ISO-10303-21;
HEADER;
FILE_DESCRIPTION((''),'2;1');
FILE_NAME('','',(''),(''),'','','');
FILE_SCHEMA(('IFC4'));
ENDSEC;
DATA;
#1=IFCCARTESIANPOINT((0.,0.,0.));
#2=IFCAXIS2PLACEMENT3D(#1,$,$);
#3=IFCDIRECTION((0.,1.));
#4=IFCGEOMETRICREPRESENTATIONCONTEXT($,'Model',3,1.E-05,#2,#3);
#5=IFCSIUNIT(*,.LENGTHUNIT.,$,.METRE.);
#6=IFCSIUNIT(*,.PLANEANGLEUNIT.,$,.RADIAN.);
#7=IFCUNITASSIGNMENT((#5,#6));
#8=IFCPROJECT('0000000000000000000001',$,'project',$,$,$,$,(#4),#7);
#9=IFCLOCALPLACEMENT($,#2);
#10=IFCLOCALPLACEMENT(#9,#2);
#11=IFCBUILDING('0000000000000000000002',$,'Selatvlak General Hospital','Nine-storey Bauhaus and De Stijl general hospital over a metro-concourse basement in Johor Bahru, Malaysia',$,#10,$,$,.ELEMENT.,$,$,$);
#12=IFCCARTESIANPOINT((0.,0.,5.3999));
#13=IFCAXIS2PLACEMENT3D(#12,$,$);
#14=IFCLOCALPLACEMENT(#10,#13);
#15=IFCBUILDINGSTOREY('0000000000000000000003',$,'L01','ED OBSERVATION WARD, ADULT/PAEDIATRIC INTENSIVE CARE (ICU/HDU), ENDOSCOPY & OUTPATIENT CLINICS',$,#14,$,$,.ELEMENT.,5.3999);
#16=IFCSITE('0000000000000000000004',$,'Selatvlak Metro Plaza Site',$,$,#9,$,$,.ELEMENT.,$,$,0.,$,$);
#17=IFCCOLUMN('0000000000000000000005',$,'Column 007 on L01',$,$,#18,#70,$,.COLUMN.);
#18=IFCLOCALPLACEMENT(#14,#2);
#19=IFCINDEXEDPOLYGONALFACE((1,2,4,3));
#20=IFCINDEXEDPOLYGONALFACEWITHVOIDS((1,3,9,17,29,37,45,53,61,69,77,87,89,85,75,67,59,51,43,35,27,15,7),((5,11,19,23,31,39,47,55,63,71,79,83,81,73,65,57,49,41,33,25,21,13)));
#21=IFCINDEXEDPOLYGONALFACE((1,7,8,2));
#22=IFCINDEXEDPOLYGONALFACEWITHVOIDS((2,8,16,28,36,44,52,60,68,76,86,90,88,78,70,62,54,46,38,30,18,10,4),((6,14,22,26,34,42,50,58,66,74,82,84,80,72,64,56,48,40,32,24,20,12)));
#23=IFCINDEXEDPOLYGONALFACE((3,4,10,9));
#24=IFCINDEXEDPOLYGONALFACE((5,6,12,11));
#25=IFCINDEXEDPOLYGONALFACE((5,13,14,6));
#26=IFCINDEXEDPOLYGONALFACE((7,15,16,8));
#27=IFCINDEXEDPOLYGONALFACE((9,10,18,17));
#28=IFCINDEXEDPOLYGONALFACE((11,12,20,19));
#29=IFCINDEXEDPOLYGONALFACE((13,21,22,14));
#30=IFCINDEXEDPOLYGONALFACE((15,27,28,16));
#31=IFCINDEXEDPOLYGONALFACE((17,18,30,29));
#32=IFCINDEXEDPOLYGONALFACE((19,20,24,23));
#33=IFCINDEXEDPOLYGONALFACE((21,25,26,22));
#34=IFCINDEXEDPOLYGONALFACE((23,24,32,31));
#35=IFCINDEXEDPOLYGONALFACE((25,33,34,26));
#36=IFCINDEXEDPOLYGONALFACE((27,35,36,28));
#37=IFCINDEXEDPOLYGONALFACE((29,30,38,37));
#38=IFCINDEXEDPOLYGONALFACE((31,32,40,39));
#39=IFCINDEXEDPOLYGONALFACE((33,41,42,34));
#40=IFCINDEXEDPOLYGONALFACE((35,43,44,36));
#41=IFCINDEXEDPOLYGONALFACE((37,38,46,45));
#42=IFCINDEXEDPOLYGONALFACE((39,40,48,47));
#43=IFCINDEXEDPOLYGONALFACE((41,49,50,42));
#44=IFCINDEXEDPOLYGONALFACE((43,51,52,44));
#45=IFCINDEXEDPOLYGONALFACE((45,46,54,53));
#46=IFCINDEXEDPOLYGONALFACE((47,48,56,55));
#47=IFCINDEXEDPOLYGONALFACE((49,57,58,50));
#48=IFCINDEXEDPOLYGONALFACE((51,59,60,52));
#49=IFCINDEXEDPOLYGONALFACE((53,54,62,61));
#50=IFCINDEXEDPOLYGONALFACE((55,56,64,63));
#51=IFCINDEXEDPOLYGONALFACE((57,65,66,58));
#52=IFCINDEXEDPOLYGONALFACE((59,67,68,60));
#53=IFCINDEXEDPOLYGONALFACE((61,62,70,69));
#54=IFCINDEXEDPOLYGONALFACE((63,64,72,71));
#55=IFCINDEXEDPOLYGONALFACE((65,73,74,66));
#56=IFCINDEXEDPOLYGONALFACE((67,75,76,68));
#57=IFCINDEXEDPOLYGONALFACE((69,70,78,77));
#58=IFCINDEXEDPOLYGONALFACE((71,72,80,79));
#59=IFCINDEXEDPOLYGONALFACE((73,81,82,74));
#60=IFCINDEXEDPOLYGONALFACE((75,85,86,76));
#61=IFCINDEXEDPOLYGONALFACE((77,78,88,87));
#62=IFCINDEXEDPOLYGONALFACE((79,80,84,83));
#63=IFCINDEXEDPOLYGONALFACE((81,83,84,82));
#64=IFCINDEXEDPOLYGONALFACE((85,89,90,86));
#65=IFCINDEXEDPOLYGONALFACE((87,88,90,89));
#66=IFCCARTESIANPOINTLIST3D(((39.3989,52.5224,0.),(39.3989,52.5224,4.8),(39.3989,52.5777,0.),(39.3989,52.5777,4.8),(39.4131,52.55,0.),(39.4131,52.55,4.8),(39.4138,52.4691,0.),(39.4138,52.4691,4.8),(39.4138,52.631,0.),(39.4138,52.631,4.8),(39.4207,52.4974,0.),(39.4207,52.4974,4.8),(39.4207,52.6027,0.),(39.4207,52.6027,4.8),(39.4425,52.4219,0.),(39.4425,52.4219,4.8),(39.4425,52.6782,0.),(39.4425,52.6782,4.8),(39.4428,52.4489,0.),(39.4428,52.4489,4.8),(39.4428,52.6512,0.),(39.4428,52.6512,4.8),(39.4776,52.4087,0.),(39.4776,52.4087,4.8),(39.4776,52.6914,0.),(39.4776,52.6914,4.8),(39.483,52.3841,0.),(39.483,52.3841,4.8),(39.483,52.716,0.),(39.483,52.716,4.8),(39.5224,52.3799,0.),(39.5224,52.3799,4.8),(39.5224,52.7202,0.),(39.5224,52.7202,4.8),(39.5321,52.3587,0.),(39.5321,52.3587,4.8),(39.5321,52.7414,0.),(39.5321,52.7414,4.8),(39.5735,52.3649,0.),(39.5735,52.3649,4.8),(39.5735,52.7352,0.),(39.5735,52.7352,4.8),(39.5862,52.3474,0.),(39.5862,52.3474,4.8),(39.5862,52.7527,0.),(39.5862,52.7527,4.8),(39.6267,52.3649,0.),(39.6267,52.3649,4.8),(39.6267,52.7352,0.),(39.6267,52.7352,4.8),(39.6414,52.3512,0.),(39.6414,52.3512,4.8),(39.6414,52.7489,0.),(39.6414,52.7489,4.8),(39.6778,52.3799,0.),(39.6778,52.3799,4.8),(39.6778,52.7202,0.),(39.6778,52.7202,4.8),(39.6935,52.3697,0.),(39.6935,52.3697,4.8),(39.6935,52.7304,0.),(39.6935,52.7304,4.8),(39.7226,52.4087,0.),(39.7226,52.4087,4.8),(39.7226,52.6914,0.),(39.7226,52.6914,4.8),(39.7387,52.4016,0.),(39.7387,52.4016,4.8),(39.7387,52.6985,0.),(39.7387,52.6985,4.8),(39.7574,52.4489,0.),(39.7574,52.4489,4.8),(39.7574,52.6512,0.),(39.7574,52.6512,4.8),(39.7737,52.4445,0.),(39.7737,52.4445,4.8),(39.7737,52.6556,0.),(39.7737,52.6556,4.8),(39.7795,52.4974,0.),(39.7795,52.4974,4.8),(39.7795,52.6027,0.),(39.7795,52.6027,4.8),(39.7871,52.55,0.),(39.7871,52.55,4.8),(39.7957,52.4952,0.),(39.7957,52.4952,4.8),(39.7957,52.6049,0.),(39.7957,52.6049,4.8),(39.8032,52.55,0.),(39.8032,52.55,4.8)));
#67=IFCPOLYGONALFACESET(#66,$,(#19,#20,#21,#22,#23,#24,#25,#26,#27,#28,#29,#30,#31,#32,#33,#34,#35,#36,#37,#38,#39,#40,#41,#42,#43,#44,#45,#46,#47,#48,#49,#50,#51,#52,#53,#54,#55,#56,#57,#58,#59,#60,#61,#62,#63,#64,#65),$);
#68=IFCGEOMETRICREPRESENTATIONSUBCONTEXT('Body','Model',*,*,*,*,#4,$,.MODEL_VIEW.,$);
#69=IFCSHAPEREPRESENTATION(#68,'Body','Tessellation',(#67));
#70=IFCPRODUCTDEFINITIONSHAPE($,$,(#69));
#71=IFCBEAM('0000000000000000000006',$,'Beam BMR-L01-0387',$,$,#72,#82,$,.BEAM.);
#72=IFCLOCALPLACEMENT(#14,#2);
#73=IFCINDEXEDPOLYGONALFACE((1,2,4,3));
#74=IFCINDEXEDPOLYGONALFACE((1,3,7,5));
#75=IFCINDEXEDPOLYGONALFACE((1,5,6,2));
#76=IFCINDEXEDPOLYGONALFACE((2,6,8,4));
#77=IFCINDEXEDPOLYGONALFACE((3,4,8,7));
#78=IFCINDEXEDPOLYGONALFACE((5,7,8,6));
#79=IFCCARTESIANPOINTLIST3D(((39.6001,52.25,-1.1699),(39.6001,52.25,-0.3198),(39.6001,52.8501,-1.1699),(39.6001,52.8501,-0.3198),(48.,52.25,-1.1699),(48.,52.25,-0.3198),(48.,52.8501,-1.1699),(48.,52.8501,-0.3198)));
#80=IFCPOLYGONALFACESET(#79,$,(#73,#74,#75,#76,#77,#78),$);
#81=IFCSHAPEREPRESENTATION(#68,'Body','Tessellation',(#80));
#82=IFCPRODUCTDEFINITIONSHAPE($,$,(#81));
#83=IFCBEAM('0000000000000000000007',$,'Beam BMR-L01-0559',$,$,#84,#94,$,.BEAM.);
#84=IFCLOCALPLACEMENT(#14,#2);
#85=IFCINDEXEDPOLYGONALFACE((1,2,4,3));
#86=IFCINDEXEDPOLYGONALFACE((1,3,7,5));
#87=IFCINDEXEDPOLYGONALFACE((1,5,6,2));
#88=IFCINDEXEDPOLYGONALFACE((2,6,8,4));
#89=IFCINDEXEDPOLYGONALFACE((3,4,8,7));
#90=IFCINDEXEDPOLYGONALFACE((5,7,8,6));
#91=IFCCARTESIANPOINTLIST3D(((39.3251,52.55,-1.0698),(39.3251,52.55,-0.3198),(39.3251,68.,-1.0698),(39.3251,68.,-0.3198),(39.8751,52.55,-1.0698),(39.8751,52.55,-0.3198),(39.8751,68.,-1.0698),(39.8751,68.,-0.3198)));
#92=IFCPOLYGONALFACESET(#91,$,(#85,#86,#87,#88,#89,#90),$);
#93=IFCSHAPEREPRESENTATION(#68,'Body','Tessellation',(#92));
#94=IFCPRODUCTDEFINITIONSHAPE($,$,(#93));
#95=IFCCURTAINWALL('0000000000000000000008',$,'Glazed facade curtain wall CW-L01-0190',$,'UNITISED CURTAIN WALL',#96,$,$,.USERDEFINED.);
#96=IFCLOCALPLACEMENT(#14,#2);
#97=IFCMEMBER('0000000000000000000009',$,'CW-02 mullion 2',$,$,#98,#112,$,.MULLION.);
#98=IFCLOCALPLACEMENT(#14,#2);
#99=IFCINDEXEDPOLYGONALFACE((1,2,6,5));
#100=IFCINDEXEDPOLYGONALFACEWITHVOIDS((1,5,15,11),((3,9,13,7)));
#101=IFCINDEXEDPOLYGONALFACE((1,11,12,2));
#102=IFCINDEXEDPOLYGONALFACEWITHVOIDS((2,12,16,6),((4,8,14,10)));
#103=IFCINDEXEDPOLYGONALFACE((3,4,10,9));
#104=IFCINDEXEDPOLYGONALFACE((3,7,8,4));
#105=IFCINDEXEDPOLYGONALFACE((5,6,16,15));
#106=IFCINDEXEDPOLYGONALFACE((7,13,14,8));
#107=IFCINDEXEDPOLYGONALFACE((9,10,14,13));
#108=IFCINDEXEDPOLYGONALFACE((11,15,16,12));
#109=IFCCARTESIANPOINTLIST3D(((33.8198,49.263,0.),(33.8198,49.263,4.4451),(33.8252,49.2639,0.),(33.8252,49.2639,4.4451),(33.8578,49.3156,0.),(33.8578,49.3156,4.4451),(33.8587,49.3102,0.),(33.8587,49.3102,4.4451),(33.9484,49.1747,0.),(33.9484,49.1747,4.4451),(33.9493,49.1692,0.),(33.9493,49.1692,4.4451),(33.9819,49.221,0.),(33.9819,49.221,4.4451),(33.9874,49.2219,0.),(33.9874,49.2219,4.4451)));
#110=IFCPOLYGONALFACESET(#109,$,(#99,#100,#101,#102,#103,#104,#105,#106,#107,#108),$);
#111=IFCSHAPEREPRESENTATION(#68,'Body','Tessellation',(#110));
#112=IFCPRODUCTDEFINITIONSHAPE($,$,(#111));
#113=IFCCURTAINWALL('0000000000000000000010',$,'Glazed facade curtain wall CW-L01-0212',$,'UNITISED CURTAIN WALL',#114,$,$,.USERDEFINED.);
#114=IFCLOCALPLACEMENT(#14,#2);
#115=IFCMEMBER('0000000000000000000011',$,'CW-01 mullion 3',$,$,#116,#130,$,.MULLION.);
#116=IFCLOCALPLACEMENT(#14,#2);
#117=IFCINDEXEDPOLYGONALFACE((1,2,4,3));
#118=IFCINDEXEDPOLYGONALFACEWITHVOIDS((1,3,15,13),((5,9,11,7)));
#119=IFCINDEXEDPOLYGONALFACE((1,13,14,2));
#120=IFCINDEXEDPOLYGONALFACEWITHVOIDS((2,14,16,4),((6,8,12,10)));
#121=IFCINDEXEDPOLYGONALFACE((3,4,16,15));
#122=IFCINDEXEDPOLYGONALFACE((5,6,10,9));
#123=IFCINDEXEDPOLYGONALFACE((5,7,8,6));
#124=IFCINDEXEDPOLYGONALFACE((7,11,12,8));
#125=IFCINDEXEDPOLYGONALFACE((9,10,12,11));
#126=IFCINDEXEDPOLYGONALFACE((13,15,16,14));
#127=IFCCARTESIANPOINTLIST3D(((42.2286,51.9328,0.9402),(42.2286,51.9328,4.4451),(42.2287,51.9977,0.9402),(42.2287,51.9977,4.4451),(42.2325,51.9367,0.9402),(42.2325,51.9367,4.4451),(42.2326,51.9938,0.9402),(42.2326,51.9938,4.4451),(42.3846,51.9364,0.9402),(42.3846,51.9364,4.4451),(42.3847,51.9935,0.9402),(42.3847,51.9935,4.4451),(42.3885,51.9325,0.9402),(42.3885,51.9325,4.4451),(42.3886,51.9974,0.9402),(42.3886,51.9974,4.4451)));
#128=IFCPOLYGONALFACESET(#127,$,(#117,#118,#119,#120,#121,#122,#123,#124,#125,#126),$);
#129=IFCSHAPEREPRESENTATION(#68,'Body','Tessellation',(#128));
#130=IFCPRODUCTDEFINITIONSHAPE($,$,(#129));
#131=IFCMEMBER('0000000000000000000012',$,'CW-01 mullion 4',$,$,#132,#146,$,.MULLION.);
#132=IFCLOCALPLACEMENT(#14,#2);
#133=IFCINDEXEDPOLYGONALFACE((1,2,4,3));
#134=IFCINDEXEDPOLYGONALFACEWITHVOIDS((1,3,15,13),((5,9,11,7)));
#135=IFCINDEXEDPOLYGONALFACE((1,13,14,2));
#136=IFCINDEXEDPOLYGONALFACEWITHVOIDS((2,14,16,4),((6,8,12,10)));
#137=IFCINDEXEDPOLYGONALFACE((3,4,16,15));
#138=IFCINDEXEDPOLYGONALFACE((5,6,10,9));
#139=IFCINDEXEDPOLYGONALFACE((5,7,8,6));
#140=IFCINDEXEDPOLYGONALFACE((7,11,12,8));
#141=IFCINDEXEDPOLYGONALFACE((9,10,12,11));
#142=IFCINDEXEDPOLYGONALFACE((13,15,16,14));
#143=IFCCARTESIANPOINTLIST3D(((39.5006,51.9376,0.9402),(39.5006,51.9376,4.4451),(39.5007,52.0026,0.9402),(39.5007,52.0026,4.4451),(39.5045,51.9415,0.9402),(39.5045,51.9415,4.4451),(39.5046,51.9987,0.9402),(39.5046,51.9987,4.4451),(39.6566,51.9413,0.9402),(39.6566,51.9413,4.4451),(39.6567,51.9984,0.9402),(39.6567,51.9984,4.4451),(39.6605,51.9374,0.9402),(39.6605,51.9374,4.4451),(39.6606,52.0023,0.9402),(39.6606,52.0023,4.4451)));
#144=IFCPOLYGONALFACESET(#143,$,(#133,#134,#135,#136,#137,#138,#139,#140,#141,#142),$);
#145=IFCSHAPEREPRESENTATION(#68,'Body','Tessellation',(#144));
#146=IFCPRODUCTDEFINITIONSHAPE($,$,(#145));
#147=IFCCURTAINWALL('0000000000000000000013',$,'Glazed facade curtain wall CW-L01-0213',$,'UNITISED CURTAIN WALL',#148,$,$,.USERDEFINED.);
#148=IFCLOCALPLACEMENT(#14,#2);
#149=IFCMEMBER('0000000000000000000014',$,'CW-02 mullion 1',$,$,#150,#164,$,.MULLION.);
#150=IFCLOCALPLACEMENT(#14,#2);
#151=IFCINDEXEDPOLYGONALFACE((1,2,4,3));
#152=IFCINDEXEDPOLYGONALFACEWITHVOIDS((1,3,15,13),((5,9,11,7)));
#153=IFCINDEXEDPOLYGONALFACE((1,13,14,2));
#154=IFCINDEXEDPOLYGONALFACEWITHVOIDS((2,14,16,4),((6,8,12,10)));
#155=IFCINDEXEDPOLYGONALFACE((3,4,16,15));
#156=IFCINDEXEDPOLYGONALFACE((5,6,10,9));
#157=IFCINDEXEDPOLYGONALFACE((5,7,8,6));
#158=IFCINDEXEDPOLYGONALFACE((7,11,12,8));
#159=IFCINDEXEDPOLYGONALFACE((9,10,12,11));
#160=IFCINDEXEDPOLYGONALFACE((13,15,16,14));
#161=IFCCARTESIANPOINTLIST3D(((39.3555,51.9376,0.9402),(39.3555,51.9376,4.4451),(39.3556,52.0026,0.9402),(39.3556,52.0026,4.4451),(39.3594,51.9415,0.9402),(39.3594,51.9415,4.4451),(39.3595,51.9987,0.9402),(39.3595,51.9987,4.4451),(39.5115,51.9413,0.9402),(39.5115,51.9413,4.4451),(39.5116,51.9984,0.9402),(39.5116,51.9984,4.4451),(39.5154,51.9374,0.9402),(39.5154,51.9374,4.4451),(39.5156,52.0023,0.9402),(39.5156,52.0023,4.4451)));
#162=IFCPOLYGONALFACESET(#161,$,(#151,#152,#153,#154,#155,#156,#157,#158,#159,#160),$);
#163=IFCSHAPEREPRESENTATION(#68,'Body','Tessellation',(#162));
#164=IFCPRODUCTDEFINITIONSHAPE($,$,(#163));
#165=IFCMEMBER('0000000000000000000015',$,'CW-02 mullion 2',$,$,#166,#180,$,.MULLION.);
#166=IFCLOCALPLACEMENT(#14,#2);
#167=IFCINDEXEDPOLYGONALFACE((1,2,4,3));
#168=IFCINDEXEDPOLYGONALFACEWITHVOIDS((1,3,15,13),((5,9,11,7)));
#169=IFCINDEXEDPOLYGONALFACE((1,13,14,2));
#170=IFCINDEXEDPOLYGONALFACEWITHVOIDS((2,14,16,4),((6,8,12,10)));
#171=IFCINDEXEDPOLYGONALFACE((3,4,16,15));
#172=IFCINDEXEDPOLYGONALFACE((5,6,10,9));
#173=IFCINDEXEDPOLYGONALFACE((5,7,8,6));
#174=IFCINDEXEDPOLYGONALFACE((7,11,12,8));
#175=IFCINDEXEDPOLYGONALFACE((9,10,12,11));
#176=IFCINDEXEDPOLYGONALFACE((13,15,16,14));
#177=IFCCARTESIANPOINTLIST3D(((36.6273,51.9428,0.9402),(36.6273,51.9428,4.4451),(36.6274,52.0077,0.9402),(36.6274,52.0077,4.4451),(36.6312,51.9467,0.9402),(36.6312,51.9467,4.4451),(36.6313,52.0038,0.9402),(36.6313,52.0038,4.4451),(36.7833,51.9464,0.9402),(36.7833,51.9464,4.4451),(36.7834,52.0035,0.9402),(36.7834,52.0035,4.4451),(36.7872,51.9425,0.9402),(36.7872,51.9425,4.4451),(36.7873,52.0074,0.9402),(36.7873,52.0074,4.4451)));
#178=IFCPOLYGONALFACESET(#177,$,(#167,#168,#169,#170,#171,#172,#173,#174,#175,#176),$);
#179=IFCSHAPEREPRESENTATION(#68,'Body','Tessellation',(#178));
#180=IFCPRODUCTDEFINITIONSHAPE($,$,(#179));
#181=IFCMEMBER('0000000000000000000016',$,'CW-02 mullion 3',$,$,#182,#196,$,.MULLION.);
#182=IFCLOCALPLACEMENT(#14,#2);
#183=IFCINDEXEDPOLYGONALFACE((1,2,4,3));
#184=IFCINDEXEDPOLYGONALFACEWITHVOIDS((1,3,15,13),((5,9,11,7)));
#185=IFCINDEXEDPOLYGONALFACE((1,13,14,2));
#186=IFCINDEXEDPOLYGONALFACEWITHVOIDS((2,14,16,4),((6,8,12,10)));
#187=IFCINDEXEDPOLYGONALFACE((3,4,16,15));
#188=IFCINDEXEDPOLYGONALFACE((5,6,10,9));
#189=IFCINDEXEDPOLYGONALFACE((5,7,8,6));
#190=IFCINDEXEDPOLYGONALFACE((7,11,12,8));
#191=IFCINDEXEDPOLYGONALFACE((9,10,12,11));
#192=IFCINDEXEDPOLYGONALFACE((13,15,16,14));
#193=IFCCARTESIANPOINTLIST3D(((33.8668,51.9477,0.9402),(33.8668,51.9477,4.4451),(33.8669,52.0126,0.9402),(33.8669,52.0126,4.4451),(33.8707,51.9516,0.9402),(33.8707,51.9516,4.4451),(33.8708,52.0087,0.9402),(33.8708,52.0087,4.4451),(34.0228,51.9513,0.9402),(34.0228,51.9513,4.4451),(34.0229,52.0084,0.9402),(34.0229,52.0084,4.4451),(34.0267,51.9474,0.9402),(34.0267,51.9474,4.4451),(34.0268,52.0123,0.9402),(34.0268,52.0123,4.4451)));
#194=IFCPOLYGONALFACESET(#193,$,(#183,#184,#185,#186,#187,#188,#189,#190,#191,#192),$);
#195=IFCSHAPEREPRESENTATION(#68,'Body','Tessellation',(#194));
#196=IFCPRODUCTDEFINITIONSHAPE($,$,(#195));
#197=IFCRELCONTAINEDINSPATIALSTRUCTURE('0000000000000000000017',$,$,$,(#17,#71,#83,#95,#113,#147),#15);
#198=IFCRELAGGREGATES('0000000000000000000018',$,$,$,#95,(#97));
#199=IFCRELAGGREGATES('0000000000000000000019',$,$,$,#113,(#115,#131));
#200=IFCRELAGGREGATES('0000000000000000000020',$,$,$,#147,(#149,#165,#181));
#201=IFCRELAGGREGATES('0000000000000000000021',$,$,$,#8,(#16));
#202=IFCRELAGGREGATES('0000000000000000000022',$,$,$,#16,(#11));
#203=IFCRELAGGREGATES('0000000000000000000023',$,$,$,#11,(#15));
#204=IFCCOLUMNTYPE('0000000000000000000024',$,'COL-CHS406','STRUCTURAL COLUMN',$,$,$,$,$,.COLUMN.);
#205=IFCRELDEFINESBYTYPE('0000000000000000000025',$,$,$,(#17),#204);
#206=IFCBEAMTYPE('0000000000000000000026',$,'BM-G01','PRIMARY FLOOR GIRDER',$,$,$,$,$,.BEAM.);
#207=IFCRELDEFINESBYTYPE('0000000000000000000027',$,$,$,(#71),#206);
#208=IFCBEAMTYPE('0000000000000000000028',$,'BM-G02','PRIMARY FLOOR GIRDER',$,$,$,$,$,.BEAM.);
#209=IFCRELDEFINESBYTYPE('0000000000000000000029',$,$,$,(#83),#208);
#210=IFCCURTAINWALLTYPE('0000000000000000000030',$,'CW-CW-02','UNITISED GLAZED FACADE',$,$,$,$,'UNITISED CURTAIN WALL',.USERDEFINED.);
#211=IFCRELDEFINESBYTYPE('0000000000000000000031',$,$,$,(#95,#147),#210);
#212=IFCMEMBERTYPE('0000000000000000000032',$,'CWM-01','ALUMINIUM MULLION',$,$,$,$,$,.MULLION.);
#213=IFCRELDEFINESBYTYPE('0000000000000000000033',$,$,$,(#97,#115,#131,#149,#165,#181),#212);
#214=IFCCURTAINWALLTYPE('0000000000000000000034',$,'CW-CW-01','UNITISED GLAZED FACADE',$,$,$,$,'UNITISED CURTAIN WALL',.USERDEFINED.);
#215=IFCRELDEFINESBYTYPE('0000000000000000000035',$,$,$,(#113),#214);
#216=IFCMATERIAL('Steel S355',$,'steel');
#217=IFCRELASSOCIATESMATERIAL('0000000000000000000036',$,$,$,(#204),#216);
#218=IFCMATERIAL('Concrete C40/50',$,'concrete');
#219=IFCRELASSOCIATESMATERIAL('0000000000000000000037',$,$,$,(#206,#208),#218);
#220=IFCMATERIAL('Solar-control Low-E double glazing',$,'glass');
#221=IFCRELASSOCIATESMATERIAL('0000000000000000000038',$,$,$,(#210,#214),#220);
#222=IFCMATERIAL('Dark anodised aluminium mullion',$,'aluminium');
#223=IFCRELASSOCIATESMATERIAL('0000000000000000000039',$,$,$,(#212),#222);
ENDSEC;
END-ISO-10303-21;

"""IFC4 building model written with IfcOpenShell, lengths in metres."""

from ifc_helpers import new_model, si_unit, direction, frame, origin, origin_2d, place, context, subcontext, project, spatial, rectangle, hollow_rectangle, hollow_circle, extrude, material, material_profile, profile_set, type_object, element, aggregate, save


model = new_model("IFC4")

# Units and contexts
model_context = context("Model", 3, precision=1e-05, world=origin(), true_north=direction((0.0, 1.0)))
body_context = subcontext(model_context, "Body", "Model", "MODEL_VIEW")
ifc_project = project(units=[si_unit("LENGTHUNIT", "METRE"), si_unit("PLANEANGLEUNIT", "RADIAN")], contexts=[model_context])

# Site, building, storey
site_placement = place(None, origin())
site = spatial("IfcSite", under=ifc_project, at=site_placement, Name="Selatvlak Metro Plaza Site", CompositionType="ELEMENT", RefElevation=0.0)
building_placement = place(site_placement, origin())
building = spatial("IfcBuilding", under=site, at=building_placement, Name="Selatvlak General Hospital", Description="Nine-storey Bauhaus and De Stijl general hospital over a metro-concourse basement in Johor Bahru, Malaysia", CompositionType="ELEMENT")
storey_placement = place(building_placement, frame((0.0, 0.0, 5.3999)))
storey = spatial("IfcBuildingStorey", under=building, at=storey_placement, Name="L01", Description="ED OBSERVATION WARD, ADULT/PAEDIATRIC INTENSIVE CARE (ICU/HDU), ENDOSCOPY & OUTPATIENT CLINICS", CompositionType="ELEMENT", Elevation=5.3999)

# Column
ifc_material_1 = material(Name="Steel S355", Category="steel")
ifc_material_profile_1 = material_profile(ifc_material_1, hollow_circle(Radius=0.2031, WallThickness=0.0161, at=origin_2d()), Name="CHS 406.4x16")
ifc_profile_set_1 = profile_set([ifc_material_profile_1], Name="Steel S355")
column_type = type_object("IfcColumnType", Name="COL-CHS406", Description="STRUCTURAL COLUMN", PredefinedType="COLUMN", material=ifc_profile_set_1)
column_placement = place(storey_placement, frame((39.6001, 52.55, 0.0), z_axis=(0.0, 0.0, 1.0), x_axis=(1.0, 0.0, 0.0)))
element("IfcColumn", 1, at=column_placement, inside=storey, type_object=column_type, Name="Column 007 on L01", PredefinedType="COLUMN", context=body_context, shape_type="SweptSolid", body=[
    extrude(hollow_circle(Radius=0.2031, WallThickness=0.0161, at=origin_2d()), origin(), (0.0, 0.0, 1.0), 4.8),
])

# Beams
ifc_material_2 = material(Name="Concrete C40/50", Category="concrete")
ifc_material_profile_2 = material_profile(ifc_material_2, rectangle(XDim=0.6001, YDim=0.8501, at=origin_2d()), Name="RC-BM 600x850")
ifc_profile_set_2 = profile_set([ifc_material_profile_2], Name="Concrete C40/50")
beam_type_1 = type_object("IfcBeamType", Name="BM-G01", Description="PRIMARY FLOOR GIRDER", PredefinedType="BEAM", material=ifc_profile_set_2)
beam_1_placement = place(storey_placement, frame((39.6001, 52.55, -0.7449), z_axis=(1.0, 0.0, 0.0), x_axis=(0.0, 1.0, 0.0)))
element("IfcBeam", 2, at=beam_1_placement, inside=storey, type_object=beam_type_1, Name="Beam BMR-L01-0387", PredefinedType="BEAM", context=body_context, shape_type="SweptSolid", body=[
    extrude(rectangle(XDim=0.6001, YDim=0.8501, at=origin_2d()), origin(), (0.0, 0.0, 1.0), 8.3999),
])
ifc_material_profile_3 = material_profile(ifc_material_2, rectangle(XDim=0.55, YDim=0.75, at=origin_2d()), Name="RC-BM 550x750")
ifc_profile_set_3 = profile_set([ifc_material_profile_3], Name="Concrete C40/50")
beam_type_2 = type_object("IfcBeamType", Name="BM-G02", Description="PRIMARY FLOOR GIRDER", PredefinedType="BEAM", material=ifc_profile_set_3)
beam_2_placement = place(storey_placement, frame((39.6001, 52.55, -0.6948), z_axis=(0.0, 1.0, 0.0), x_axis=(-1.0, 0.0, 0.0)))
element("IfcBeam", 3, at=beam_2_placement, inside=storey, type_object=beam_type_2, Name="Beam BMR-L01-0559", PredefinedType="BEAM", context=body_context, shape_type="SweptSolid", body=[
    extrude(rectangle(XDim=0.55, YDim=0.75, at=origin_2d()), origin(), (0.0, 0.0, 1.0), 15.45),
])

# Curtain wall, member
ifc_material_3 = material(Name="Solar-control Low-E double glazing", Category="glass")
curtain_wall_type_1 = type_object("IfcCurtainWallType", Name="CW-CW-02", Description="UNITISED GLAZED FACADE", ElementType="UNITISED CURTAIN WALL", PredefinedType="USERDEFINED", material=ifc_material_3)
curtain_wall_1_placement = place(storey_placement, origin())
curtain_wall_1 = element("IfcCurtainWall", 4, at=curtain_wall_1_placement, inside=storey, type_object=curtain_wall_type_1, Name="Glazed facade curtain wall CW-L01-0190", ObjectType="UNITISED CURTAIN WALL", PredefinedType="USERDEFINED")
ifc_material_4 = material(Name="Dark anodised aluminium mullion", Category="aluminium")
ifc_material_profile_4 = material_profile(ifc_material_4, hollow_rectangle(XDim=0.0649, YDim=0.1599, WallThickness=0.0039, at=origin_2d()), Name="AL-MUL 65x160x4")
ifc_profile_set_4 = profile_set([ifc_material_profile_4], Name="Dark anodised aluminium mullion")
member_type_1 = type_object("IfcMemberType", Name="CWM-01", Description="ALUMINIUM MULLION", PredefinedType="MULLION", material=ifc_profile_set_4)
member_1_placement = place(storey_placement, frame((33.9036, 49.2424, 0.0), z_axis=(0.0, 0.0, 1.0), x_axis=(0.586316, 0.810083, 0.0)))
member_1 = element("IfcMember", 5, at=member_1_placement, type_object=member_type_1, Name="CW-02 mullion 2", PredefinedType="MULLION", context=body_context, shape_type="SweptSolid", body=[
    extrude(hollow_rectangle(XDim=0.0649, YDim=0.1599, WallThickness=0.0039, at=origin_2d()), origin(), (0.0, 0.0, 1.0), 4.4451),
])

# Curtain walls, members
curtain_wall_type_2 = type_object("IfcCurtainWallType", Name="CW-CW-01", Description="UNITISED GLAZED FACADE", ElementType="UNITISED CURTAIN WALL", PredefinedType="USERDEFINED", material=ifc_material_3)
curtain_wall_2_placement = place(storey_placement, origin())
curtain_wall_2 = element("IfcCurtainWall", 6, at=curtain_wall_2_placement, inside=storey, type_object=curtain_wall_type_2, Name="Glazed facade curtain wall CW-L01-0212", ObjectType="UNITISED CURTAIN WALL", PredefinedType="USERDEFINED")
member_2_placement = place(storey_placement, frame((42.3086, 51.9651, 0.9402), z_axis=(0.0, 0.0, 1.0), x_axis=(-0.001811, -0.999998, 0.0)))
member_2 = element("IfcMember", 7, at=member_2_placement, type_object=member_type_1, Name="CW-01 mullion 3", PredefinedType="MULLION", context=body_context, shape_type="SweptSolid", body=[
    extrude(hollow_rectangle(XDim=0.0649, YDim=0.1599, WallThickness=0.0039, at=origin_2d()), origin(), (0.0, 0.0, 1.0), 3.5049),
])
member_3_placement = place(storey_placement, frame((39.5806, 51.97, 0.9402), z_axis=(0.0, 0.0, 1.0), x_axis=(-0.001811, -0.999998, 0.0)))
member_3 = element("IfcMember", 8, at=member_3_placement, type_object=member_type_1, Name="CW-01 mullion 4", PredefinedType="MULLION", context=body_context, shape_type="SweptSolid", body=[
    extrude(hollow_rectangle(XDim=0.0649, YDim=0.1599, WallThickness=0.0039, at=origin_2d()), origin(), (0.0, 0.0, 1.0), 3.5049),
])
curtain_wall_3_placement = place(storey_placement, origin())
curtain_wall_3 = element("IfcCurtainWall", 9, at=curtain_wall_3_placement, inside=storey, type_object=curtain_wall_type_1, Name="Glazed facade curtain wall CW-L01-0213", ObjectType="UNITISED CURTAIN WALL", PredefinedType="USERDEFINED")
member_4_placement = place(storey_placement, frame((39.4355, 51.97, 0.9402), z_axis=(0.0, 0.0, 1.0), x_axis=(-0.001811, -0.999998, 0.0)))
member_4 = element("IfcMember", 10, at=member_4_placement, type_object=member_type_1, Name="CW-02 mullion 1", PredefinedType="MULLION", context=body_context, shape_type="SweptSolid", body=[
    extrude(hollow_rectangle(XDim=0.0649, YDim=0.1599, WallThickness=0.0039, at=origin_2d()), origin(), (0.0, 0.0, 1.0), 3.5049),
])
member_5_placement = place(storey_placement, frame((36.7073, 51.9751, 0.9402), z_axis=(0.0, 0.0, 1.0), x_axis=(-0.001811, -0.999998, 0.0)))
member_5 = element("IfcMember", 11, at=member_5_placement, type_object=member_type_1, Name="CW-02 mullion 2", PredefinedType="MULLION", context=body_context, shape_type="SweptSolid", body=[
    extrude(hollow_rectangle(XDim=0.0649, YDim=0.1599, WallThickness=0.0039, at=origin_2d()), origin(), (0.0, 0.0, 1.0), 3.5049),
])
member_6_placement = place(storey_placement, frame((33.9468, 51.98, 0.9402), z_axis=(0.0, 0.0, 1.0), x_axis=(-0.001811, -0.999998, 0.0)))
member_6 = element("IfcMember", 12, at=member_6_placement, type_object=member_type_1, Name="CW-02 mullion 3", PredefinedType="MULLION", context=body_context, shape_type="SweptSolid", body=[
    extrude(hollow_rectangle(XDim=0.0649, YDim=0.1599, WallThickness=0.0039, at=origin_2d()), origin(), (0.0, 0.0, 1.0), 3.5049),
])

aggregate(curtain_wall_1, [member_1])

aggregate(curtain_wall_2, [member_2, member_3])
aggregate(curtain_wall_3, [member_4, member_5, member_6])

save(model, "model.ifc")
